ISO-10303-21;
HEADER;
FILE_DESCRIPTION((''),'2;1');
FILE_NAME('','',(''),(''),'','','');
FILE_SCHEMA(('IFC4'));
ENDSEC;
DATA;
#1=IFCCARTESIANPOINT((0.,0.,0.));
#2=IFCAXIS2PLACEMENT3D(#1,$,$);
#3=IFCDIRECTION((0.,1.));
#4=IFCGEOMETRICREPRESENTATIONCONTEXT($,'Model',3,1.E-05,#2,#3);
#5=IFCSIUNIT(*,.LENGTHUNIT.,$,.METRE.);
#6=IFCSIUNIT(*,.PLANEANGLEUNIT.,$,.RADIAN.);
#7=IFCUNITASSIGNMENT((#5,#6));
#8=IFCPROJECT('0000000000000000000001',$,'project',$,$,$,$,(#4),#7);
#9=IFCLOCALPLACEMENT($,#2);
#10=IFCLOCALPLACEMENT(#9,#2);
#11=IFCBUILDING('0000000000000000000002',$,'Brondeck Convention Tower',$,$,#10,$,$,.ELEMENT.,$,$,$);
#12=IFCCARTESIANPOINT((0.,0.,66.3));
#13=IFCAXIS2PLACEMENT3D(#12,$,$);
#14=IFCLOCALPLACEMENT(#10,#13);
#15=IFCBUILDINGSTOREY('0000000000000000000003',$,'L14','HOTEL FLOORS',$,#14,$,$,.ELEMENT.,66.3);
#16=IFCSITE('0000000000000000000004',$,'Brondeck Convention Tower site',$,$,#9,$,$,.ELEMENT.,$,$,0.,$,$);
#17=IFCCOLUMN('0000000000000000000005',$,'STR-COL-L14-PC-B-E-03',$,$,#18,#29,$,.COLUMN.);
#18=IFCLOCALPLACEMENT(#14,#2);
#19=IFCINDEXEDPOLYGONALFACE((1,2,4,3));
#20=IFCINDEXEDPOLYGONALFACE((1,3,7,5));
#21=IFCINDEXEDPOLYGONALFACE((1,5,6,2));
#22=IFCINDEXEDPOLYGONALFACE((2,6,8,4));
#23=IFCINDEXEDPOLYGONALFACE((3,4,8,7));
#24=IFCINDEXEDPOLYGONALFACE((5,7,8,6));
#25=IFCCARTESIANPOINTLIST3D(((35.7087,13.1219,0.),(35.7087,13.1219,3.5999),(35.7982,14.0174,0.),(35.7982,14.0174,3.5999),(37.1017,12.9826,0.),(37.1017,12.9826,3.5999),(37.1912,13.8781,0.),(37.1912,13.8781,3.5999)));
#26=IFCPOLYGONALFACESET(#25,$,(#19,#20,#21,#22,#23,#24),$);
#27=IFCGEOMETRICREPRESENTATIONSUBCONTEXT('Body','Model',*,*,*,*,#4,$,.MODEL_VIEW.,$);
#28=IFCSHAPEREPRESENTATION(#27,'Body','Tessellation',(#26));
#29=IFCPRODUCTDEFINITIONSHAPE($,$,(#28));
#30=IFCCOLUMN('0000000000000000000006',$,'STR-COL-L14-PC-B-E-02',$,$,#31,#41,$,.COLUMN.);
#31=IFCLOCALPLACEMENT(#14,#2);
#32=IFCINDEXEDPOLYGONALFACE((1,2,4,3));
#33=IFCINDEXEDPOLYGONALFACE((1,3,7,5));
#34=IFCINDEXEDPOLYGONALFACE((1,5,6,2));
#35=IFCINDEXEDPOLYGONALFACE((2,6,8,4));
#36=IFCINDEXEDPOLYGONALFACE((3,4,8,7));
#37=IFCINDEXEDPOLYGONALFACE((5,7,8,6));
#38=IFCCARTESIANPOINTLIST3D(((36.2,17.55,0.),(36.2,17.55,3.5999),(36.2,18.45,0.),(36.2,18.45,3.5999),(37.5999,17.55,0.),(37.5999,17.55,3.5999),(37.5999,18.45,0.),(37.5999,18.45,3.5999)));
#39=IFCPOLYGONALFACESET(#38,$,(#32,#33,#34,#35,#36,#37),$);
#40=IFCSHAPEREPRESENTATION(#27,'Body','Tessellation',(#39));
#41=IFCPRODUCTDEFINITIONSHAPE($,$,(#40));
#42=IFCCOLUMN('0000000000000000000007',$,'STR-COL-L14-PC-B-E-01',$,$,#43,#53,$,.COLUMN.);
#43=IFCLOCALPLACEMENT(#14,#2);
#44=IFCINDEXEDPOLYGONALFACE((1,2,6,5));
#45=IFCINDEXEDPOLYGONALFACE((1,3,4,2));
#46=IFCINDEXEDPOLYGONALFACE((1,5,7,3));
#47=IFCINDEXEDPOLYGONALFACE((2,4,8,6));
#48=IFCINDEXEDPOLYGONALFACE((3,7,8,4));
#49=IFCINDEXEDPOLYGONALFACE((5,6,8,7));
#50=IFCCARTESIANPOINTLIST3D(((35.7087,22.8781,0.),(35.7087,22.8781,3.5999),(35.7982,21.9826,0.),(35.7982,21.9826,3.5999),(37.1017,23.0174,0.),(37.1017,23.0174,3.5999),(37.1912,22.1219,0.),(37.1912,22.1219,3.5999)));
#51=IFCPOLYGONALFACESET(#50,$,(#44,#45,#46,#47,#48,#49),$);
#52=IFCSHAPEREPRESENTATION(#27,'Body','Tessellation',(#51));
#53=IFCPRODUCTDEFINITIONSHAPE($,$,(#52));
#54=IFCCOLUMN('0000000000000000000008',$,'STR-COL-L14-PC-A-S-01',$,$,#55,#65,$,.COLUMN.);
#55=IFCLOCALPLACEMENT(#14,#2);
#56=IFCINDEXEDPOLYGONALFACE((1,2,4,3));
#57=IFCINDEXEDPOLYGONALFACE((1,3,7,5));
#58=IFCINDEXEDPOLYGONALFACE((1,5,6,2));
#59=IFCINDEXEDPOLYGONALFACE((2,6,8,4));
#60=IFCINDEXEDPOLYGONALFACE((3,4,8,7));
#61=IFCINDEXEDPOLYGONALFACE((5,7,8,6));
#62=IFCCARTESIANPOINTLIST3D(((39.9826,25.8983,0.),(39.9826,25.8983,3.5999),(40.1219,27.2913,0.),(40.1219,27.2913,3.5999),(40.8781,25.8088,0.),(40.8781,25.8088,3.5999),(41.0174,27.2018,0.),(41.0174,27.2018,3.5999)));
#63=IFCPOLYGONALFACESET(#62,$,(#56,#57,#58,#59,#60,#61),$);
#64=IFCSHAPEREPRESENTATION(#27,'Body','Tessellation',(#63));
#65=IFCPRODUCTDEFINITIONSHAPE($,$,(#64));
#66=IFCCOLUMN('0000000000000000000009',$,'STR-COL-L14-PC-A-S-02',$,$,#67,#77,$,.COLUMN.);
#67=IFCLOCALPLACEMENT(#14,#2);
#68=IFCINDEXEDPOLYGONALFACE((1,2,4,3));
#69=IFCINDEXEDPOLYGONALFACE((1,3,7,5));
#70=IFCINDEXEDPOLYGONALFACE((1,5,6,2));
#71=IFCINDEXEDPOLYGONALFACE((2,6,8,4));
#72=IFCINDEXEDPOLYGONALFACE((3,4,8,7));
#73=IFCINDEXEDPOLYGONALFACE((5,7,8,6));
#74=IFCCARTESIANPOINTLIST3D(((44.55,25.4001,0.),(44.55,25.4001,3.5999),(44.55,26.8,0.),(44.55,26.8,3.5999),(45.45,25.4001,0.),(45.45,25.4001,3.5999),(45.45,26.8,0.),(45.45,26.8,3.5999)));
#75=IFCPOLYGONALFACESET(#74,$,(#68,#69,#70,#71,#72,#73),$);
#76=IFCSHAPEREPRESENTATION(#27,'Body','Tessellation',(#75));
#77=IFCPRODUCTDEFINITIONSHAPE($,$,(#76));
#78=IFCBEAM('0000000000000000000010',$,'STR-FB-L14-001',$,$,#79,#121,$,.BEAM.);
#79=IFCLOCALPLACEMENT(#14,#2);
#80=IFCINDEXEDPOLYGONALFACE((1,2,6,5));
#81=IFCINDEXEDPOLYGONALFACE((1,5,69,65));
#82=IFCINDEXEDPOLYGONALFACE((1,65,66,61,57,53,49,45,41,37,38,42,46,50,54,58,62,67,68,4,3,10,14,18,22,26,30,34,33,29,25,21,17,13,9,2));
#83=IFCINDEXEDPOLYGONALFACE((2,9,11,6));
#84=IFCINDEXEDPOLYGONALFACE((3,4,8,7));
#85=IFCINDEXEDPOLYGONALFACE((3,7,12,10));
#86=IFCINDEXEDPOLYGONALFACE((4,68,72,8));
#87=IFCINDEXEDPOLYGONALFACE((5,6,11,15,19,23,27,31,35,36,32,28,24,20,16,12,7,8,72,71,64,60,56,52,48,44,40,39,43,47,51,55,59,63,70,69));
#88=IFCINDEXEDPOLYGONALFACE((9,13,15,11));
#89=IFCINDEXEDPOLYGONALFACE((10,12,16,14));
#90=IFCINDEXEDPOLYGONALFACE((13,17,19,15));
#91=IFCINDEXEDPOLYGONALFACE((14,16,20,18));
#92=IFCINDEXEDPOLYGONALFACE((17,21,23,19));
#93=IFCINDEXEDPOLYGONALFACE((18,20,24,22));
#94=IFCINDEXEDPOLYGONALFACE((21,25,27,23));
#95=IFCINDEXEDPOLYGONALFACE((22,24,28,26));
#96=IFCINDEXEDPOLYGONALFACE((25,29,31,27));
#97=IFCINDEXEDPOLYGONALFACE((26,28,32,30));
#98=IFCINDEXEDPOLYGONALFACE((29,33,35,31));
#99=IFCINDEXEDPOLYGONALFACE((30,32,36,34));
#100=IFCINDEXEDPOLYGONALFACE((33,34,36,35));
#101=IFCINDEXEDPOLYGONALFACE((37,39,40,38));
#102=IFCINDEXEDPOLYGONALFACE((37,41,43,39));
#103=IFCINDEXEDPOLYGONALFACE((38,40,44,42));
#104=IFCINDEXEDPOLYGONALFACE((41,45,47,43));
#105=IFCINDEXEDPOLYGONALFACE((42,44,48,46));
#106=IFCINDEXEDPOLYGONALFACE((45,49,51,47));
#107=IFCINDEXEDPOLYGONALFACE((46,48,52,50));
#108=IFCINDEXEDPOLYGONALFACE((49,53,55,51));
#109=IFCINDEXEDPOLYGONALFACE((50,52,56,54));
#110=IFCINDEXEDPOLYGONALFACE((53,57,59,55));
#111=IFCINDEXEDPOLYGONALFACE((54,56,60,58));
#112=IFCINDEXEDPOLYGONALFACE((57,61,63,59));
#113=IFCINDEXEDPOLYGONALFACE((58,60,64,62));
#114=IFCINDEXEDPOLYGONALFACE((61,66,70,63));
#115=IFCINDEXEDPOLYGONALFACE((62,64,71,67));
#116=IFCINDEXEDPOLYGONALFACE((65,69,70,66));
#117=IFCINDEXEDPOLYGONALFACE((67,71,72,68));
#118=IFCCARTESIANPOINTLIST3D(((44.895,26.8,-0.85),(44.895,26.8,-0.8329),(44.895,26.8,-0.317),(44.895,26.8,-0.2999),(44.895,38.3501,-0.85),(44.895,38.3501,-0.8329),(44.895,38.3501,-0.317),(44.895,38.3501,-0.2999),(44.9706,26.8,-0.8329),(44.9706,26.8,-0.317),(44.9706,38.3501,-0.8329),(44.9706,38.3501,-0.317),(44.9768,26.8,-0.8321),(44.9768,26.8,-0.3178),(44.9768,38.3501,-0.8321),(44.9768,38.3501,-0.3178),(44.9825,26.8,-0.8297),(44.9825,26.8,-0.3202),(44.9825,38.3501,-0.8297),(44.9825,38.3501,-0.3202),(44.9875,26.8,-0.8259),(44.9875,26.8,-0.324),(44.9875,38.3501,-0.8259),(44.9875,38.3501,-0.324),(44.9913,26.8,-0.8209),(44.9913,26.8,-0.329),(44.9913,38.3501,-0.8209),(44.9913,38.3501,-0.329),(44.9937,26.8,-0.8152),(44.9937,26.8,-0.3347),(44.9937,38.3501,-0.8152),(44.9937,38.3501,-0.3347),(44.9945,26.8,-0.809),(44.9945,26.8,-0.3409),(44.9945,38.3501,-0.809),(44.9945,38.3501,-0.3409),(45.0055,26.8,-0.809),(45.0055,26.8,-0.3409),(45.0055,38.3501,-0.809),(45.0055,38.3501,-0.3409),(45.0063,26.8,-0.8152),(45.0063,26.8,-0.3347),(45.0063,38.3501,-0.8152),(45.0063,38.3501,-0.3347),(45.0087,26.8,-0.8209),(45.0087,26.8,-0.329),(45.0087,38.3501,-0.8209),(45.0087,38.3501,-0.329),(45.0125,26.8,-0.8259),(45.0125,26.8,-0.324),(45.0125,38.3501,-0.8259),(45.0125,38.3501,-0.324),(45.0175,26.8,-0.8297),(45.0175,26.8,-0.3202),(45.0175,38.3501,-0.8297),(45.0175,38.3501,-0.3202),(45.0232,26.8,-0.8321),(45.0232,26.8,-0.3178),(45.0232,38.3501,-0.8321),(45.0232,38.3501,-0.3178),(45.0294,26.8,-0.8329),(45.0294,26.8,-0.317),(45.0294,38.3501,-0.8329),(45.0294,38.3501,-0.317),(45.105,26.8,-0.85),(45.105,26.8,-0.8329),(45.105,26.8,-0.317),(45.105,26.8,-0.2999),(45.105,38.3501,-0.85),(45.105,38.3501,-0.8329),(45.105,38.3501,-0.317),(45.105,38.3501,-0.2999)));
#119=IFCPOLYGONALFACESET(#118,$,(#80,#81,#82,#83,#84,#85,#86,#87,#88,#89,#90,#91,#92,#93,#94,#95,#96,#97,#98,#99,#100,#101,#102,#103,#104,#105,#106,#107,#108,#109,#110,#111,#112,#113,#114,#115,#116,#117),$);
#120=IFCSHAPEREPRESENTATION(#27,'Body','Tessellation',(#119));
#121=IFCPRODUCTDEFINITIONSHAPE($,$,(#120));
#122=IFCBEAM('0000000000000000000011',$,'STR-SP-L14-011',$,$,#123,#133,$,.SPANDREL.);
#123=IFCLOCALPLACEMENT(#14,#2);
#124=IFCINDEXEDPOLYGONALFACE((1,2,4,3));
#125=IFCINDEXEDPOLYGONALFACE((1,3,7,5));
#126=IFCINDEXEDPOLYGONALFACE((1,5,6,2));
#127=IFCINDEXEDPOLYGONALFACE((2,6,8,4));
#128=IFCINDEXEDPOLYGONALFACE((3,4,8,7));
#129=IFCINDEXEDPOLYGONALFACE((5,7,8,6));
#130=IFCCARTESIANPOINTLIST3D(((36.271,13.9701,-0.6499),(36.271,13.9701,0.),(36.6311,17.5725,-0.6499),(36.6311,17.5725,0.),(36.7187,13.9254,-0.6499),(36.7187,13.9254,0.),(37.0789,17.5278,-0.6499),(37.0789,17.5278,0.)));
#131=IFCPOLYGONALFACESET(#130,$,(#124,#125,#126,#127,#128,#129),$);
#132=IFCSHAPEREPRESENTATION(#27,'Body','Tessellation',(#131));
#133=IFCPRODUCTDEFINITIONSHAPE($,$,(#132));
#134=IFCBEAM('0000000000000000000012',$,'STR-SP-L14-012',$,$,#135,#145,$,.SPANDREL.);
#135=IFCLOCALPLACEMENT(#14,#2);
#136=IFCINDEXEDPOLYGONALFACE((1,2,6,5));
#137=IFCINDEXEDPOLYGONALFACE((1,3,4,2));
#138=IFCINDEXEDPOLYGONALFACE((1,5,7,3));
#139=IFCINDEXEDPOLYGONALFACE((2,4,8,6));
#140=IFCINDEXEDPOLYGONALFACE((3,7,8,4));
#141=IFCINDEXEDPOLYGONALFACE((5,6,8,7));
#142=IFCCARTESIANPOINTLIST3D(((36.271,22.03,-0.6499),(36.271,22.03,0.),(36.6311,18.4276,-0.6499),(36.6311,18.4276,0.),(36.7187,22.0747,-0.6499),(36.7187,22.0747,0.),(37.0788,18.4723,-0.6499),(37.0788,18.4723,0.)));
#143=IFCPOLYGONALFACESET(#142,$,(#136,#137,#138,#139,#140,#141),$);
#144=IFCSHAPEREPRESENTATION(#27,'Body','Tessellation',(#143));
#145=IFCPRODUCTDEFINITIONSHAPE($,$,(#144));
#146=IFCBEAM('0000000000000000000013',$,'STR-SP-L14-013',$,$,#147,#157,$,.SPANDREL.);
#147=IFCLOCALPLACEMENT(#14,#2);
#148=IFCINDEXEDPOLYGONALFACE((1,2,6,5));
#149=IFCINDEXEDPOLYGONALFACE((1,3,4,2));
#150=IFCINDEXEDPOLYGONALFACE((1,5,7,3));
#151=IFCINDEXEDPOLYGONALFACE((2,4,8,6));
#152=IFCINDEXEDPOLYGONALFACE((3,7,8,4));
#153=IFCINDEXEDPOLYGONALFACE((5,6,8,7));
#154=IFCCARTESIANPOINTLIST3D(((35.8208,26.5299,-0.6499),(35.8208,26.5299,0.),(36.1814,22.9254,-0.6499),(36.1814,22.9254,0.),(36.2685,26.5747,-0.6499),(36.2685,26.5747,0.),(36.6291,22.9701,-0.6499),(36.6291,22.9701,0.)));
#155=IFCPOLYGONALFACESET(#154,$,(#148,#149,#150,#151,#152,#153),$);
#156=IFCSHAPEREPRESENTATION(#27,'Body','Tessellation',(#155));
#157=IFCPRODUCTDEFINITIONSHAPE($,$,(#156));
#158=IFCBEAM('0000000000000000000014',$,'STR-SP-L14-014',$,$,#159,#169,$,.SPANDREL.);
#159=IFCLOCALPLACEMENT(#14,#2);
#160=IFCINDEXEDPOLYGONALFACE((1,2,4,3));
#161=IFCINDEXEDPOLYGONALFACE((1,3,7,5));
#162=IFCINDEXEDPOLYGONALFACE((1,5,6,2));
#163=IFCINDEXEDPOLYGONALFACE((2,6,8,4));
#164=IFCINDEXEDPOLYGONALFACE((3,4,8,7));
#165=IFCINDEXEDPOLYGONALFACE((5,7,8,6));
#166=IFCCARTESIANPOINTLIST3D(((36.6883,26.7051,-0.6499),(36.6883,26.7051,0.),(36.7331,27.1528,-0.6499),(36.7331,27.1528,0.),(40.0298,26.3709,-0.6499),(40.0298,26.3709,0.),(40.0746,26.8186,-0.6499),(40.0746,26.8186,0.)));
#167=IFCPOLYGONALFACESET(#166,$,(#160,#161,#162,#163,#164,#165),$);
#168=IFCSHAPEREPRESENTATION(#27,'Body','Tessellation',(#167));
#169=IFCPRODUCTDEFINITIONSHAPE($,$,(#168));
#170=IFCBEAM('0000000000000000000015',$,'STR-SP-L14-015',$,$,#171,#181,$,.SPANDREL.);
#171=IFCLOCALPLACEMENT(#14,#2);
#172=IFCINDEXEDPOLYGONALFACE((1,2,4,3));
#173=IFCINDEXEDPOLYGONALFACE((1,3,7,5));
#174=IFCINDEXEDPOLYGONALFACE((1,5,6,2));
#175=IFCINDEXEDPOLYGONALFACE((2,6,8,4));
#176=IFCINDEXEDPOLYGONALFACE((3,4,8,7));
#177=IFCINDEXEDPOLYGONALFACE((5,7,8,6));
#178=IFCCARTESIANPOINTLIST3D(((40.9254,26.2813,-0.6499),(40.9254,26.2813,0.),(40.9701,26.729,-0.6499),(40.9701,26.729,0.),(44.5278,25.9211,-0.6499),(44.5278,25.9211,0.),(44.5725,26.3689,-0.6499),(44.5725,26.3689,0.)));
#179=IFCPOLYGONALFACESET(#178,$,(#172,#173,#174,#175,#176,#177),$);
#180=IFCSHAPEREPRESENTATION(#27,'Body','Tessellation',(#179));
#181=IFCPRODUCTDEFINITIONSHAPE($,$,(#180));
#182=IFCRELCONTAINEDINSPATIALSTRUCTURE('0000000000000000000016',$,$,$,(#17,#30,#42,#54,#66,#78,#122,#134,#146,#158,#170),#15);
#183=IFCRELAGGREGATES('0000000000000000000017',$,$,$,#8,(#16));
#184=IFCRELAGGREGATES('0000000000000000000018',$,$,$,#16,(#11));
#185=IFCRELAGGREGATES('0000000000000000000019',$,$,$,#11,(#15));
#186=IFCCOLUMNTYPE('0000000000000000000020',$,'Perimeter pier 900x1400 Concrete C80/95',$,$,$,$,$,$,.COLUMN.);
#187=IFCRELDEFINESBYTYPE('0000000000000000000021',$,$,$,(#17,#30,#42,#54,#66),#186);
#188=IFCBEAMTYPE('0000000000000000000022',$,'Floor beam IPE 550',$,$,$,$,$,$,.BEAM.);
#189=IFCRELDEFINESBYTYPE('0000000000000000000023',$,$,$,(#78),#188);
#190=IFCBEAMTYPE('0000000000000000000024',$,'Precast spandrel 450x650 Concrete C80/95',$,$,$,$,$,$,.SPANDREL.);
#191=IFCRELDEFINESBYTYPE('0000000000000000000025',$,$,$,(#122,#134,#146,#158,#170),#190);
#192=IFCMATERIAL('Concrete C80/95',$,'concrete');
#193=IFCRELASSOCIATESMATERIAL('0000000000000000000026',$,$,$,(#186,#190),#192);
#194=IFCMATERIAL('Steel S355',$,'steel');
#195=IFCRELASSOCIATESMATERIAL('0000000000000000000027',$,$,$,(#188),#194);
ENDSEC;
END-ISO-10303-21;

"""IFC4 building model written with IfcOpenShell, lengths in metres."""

from ifc_helpers import new_model, si_unit, direction, frame, origin, origin_2d, place, context, subcontext, project, spatial, rectangle, i_section, extrude, material, material_profile, profile_set, type_object, element, save


model = new_model("IFC4")

# Units and contexts
model_context = context("Model", 3, precision=1e-05, world=origin(), true_north=direction((0.0, 1.0)))
body_context = subcontext(model_context, "Body", "Model", "MODEL_VIEW")
ifc_project = project(units=[si_unit("LENGTHUNIT", "METRE"), si_unit("PLANEANGLEUNIT", "RADIAN")], contexts=[model_context])

# Site, building, storey
site_placement = place(None, origin())
site = spatial("IfcSite", under=ifc_project, at=site_placement, Name="Brondeck Convention Tower site", CompositionType="ELEMENT", RefElevation=0.0)
building_placement = place(site_placement, origin())
building = spatial("IfcBuilding", under=site, at=building_placement, Name="Brondeck Convention Tower", CompositionType="ELEMENT")
storey_placement = place(building_placement, frame((0.0, 0.0, 66.3)))
storey = spatial("IfcBuildingStorey", under=building, at=storey_placement, Name="L14", Description="HOTEL FLOORS", CompositionType="ELEMENT", Elevation=66.3)

# Columns
ifc_material_1 = material(Name="Concrete C80/95", Category="concrete")
ifc_material_profile_1 = material_profile(ifc_material_1, rectangle(XDim=0.8999, YDim=1.3999, at=origin_2d()), Name="Perimeter pier 900x1400 Concrete C80/95")
ifc_profile_set_1 = profile_set([ifc_material_profile_1], Name="Concrete C80/95")
column_type = type_object("IfcColumnType", Name="Perimeter pier 900x1400 Concrete C80/95", PredefinedType="COLUMN", material=ifc_profile_set_1)
for number, where, z_axis, x_axis, name in (
    (1, (36.45, 13.5, 0.0), (0.0, 0.0, 1.0), (0.099504, 0.995037, 0.0), "STR-COL-L14-PC-B-E-03"),
    (2, (36.8999, 18.0, 0.0), (0.0, 0.0, 1.0), (0.0, 1.0, 0.0), "STR-COL-L14-PC-B-E-02"),
    (3, (36.45, 22.5, 0.0), (0.0, 0.0, 1.0), (-0.099504, 0.995037, 0.0), "STR-COL-L14-PC-B-E-01"),
    (4, (40.5, 26.55, 0.0), (0.0, 0.0, 1.0), (0.995037, -0.099504, 0.0), "STR-COL-L14-PC-A-S-01"),
    (5, (45.0, 26.1001, 0.0), (0.0, 0.0, 1.0), (1.0, 0.0, 0.0), "STR-COL-L14-PC-A-S-02"),
):
    element("IfcColumn", number, at=place(storey_placement, frame(where, z_axis=z_axis, x_axis=x_axis)), inside=storey, type_object=column_type, Name=name, PredefinedType="COLUMN", context=body_context, shape_type="SweptSolid", body=[
        extrude(rectangle(XDim=0.8999, YDim=1.3999, at=origin_2d()), origin(), (0.0, 0.0, 1.0), 3.5999),
    ])

# Beams
ifc_material_2 = material(Name="Steel S355", Category="steel")
ifc_material_profile_2 = material_profile(ifc_material_2, i_section(OverallWidth=0.21, OverallDepth=0.55, WebThickness=0.011, FlangeThickness=0.0171, FilletRadius=0.0239, at=origin_2d()), Name="IPE 550")
ifc_profile_set_2 = profile_set([ifc_material_profile_2], Name="Steel S355")
beam_type_1 = type_object("IfcBeamType", Name="Floor beam IPE 550", PredefinedType="BEAM", material=ifc_profile_set_2)
beam_1_placement = place(storey_placement, frame((45.0, 26.8, -0.575), z_axis=(0.0, 1.0, 0.0), x_axis=(-1.0, 0.0, 0.0)))
element("IfcBeam", 6, at=beam_1_placement, inside=storey, type_object=beam_type_1, Name="STR-FB-L14-001", PredefinedType="BEAM", context=body_context, shape_type="SweptSolid", body=[
    extrude(i_section(OverallWidth=0.21, OverallDepth=0.55, WebThickness=0.011, FlangeThickness=0.0171, FilletRadius=0.0239, at=origin_2d()), origin(), (0.0, 0.0, 1.0), 11.55),
])
ifc_material_profile_3 = material_profile(ifc_material_1, rectangle(XDim=0.45, YDim=0.6499, at=origin_2d()), Name="Precast spandrel 450x650 Concrete C80/95")
ifc_profile_set_3 = profile_set([ifc_material_profile_3], Name="Concrete C80/95")
beam_type_2 = type_object("IfcBeamType", Name="Precast spandrel 450x650 Concrete C80/95", PredefinedType="SPANDREL", material=ifc_profile_set_3)
for number, where, z_axis, x_axis, name in (
    (7, (36.4949, 13.9478, -0.325), (0.09947, 0.995041, 0.0), (-0.995041, 0.09947, 0.0), "STR-SP-L14-011"),
    (8, (36.855, 18.45, -0.325), (-0.09947, 0.995041, 0.0), (-0.995041, -0.09947, 0.0), "STR-SP-L14-012"),
):
    element("IfcBeam", number, at=place(storey_placement, frame(where, z_axis=z_axis, x_axis=x_axis)), inside=storey, type_object=beam_type_2, Name=name, PredefinedType="SPANDREL", context=body_context, shape_type="SweptSolid", body=[
        extrude(rectangle(XDim=0.45, YDim=0.6499, at=origin_2d()), origin(), (0.0, 0.0, 1.0), 3.6204),
    ])
beam_2_placement = place(storey_placement, frame((36.4053, 22.9478, -0.325), z_axis=(-0.099544, 0.995033, 0.0), x_axis=(-0.995033, -0.099544, 0.0)))
element("IfcBeam", 9, at=beam_2_placement, inside=storey, type_object=beam_type_2, Name="STR-SP-L14-013", PredefinedType="SPANDREL", context=body_context, shape_type="SweptSolid", body=[
    extrude(rectangle(XDim=0.45, YDim=0.6499, at=origin_2d()), origin(), (0.0, 0.0, 1.0), 3.6226),
])
beam_3_placement = place(storey_placement, frame((36.7107, 26.929, -0.325), z_axis=(0.995035, -0.099525, 0.0), x_axis=(0.099525, 0.995035, 0.0)))
element("IfcBeam", 10, at=beam_3_placement, inside=storey, type_object=beam_type_2, Name="STR-SP-L14-014", PredefinedType="SPANDREL", context=body_context, shape_type="SweptSolid", body=[
    extrude(rectangle(XDim=0.45, YDim=0.6499, at=origin_2d()), origin(), (0.0, 0.0, 1.0), 3.3582),
])
beam_4_placement = place(storey_placement, frame((40.9478, 26.5051, -0.325), z_axis=(0.995041, -0.09947, 0.0), x_axis=(0.09947, 0.995041, 0.0)))
element("IfcBeam", 11, at=beam_4_placement, inside=storey, type_object=beam_type_2, Name="STR-SP-L14-015", PredefinedType="SPANDREL", context=body_context, shape_type="SweptSolid", body=[
    extrude(rectangle(XDim=0.45, YDim=0.6499, at=origin_2d()), origin(), (0.0, 0.0, 1.0), 3.6204),
])

save(model, "model.ifc")
